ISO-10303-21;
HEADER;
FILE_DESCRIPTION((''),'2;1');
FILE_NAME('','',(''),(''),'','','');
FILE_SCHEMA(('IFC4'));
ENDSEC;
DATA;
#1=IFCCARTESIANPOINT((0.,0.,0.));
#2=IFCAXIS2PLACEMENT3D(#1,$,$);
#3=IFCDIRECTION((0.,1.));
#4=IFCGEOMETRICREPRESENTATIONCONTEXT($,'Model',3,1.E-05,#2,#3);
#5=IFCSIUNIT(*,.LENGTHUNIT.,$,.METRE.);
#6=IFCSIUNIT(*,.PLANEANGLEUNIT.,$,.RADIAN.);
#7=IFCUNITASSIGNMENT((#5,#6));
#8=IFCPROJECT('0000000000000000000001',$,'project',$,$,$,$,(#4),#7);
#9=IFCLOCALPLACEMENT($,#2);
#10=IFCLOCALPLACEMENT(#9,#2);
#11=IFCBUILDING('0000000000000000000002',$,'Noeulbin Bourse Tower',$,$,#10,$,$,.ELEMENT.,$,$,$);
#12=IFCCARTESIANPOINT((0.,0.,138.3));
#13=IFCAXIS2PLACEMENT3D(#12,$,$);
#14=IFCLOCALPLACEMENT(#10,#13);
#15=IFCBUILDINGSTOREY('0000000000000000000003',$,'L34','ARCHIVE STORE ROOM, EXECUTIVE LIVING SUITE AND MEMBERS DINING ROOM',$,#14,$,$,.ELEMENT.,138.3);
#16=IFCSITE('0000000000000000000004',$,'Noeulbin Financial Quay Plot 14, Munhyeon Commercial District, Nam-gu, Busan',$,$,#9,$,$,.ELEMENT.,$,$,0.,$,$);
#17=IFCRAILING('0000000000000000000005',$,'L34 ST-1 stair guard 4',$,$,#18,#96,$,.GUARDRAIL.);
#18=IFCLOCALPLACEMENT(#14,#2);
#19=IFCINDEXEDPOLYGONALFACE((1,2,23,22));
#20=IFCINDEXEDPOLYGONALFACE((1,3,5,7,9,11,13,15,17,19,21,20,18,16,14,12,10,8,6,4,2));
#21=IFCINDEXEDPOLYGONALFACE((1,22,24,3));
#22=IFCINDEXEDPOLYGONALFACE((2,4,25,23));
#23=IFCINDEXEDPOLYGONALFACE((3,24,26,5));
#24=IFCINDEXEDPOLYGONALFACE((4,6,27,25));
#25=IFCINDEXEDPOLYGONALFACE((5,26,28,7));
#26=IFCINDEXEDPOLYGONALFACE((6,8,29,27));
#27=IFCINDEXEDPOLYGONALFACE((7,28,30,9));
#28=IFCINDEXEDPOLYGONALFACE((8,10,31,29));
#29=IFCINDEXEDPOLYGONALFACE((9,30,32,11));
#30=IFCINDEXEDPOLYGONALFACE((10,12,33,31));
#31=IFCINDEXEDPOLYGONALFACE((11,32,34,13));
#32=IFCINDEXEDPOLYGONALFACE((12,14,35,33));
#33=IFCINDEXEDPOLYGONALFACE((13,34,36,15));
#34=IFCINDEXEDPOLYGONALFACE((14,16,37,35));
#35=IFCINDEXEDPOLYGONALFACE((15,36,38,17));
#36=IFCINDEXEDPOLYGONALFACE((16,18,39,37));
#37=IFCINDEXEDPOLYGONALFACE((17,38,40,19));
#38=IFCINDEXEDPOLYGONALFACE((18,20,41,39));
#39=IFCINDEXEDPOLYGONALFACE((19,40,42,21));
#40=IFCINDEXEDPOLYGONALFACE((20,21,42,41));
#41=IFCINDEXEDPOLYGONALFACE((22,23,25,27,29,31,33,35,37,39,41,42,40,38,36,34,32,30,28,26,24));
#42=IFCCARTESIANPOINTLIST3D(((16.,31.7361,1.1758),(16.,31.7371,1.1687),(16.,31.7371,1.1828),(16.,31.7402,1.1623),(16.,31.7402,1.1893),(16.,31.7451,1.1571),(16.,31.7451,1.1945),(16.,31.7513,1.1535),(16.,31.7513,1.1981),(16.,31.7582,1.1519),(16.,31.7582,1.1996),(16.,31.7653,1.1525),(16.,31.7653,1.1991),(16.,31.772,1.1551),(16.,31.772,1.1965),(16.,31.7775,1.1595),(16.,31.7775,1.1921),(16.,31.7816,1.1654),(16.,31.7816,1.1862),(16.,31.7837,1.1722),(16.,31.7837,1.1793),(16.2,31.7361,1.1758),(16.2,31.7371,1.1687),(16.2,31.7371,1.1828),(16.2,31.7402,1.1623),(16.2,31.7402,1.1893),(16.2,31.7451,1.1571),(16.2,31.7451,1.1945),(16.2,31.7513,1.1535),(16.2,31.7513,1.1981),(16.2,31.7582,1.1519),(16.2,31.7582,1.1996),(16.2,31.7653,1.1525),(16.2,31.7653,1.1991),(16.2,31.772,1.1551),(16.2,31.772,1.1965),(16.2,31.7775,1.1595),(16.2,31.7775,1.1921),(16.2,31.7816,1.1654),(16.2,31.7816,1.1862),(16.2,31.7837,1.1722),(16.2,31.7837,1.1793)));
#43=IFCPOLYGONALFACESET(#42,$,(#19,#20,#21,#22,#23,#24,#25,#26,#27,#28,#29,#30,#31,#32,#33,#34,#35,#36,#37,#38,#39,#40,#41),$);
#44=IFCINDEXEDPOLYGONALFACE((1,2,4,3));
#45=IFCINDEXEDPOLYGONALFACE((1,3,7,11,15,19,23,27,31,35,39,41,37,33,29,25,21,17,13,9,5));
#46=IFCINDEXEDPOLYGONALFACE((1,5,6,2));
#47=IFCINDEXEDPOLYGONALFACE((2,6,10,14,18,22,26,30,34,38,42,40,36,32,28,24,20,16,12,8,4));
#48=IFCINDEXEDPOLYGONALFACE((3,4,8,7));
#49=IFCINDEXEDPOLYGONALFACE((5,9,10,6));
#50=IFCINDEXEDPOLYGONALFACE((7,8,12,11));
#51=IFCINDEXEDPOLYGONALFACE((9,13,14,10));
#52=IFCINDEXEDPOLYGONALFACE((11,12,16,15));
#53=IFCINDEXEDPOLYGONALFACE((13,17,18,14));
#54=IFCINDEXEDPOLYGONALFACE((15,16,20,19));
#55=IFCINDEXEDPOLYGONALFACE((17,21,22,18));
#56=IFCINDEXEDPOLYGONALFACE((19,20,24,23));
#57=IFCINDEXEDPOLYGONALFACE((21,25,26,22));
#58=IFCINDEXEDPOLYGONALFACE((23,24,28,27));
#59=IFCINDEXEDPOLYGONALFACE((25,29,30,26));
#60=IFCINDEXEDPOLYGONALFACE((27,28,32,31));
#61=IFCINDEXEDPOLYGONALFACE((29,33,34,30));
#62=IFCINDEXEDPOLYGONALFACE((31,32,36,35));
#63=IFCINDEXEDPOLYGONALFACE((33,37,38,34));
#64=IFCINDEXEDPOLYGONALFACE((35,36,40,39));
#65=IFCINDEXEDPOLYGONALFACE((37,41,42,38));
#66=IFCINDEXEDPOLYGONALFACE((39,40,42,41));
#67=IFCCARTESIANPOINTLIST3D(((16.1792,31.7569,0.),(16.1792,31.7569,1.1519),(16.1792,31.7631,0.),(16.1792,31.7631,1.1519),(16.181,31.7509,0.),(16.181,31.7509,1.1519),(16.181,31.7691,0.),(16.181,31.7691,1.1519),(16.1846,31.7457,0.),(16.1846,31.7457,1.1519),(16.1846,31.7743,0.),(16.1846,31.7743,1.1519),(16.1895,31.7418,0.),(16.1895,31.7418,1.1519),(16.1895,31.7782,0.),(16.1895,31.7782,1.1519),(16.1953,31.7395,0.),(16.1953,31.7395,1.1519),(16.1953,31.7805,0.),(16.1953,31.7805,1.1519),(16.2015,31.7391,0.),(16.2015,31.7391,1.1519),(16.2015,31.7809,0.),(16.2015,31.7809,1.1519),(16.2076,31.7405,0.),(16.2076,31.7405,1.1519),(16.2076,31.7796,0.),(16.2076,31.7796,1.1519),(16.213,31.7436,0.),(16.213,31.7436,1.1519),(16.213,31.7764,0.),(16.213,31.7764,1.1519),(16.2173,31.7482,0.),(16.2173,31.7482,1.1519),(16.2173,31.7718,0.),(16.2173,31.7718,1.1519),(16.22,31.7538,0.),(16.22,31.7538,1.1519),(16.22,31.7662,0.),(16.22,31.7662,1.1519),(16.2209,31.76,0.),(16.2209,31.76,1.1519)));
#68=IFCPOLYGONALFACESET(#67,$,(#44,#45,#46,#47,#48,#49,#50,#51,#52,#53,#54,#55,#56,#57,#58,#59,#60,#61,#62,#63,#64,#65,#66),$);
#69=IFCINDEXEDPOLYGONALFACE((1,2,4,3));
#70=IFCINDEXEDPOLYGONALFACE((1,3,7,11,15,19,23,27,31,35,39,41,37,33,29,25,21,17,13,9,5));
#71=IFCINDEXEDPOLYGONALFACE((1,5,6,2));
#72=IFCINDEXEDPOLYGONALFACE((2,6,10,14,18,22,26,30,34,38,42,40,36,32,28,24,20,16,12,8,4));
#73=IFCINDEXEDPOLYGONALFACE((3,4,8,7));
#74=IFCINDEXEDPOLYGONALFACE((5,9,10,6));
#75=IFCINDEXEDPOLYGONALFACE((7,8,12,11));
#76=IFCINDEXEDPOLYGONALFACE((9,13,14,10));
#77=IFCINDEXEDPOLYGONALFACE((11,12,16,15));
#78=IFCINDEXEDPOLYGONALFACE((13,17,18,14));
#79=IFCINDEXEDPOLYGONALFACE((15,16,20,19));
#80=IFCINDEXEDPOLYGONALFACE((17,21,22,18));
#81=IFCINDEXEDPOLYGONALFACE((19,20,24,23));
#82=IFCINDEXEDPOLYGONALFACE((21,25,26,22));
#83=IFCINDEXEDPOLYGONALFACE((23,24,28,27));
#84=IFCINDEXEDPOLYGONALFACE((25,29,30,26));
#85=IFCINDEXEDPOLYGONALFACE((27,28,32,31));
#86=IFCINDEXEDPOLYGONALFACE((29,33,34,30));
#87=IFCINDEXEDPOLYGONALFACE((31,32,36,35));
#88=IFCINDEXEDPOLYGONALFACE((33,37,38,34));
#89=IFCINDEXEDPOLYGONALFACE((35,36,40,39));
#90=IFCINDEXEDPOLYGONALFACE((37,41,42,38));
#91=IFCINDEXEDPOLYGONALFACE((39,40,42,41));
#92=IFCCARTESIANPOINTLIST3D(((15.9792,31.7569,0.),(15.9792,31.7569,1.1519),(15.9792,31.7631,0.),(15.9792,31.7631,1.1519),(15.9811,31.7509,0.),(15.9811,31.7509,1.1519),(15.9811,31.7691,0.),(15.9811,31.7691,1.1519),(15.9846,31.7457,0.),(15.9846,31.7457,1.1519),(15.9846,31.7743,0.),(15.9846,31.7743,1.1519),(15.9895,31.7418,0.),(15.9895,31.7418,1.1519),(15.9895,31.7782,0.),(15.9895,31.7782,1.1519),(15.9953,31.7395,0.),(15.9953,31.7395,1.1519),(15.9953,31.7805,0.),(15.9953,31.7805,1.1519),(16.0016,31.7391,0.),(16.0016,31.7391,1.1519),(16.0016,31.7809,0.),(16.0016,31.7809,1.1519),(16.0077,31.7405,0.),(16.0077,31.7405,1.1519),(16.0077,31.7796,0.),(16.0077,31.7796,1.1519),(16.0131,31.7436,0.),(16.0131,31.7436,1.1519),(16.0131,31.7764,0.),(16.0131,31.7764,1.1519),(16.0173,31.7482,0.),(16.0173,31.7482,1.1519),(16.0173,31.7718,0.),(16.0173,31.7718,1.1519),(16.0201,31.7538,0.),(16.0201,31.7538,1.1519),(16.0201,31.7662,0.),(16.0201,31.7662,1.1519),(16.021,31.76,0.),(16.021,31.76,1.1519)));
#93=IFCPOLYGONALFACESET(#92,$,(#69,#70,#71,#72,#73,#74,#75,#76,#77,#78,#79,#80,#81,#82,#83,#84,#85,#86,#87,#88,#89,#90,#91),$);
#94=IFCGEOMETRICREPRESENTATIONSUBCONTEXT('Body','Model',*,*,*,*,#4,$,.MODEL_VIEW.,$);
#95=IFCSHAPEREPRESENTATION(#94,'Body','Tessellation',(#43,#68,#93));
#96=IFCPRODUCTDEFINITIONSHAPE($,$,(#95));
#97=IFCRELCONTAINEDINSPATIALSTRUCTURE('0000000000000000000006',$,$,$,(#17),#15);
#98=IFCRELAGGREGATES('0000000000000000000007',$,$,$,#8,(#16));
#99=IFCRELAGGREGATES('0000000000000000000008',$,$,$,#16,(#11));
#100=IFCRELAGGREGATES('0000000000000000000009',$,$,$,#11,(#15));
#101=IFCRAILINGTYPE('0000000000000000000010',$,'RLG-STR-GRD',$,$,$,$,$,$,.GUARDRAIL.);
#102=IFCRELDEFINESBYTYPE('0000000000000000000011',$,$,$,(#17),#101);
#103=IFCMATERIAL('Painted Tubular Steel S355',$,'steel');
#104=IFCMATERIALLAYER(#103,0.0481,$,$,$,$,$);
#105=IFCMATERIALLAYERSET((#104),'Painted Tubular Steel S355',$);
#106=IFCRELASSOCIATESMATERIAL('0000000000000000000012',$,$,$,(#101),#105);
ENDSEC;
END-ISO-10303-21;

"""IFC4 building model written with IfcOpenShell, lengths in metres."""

from ifc_helpers import new_model, si_unit, direction, frame, origin, origin_2d, place, context, subcontext, project, spatial, circle, extrude, material, layer, layer_set, type_object, element, save


model = new_model("IFC4")

# Units and contexts
model_context = context("Model", 3, precision=1e-05, world=origin(), true_north=direction((0.0, 1.0)))
body_context = subcontext(model_context, "Body", "Model", "MODEL_VIEW")
ifc_project = project(units=[si_unit("LENGTHUNIT", "METRE"), si_unit("PLANEANGLEUNIT", "RADIAN")], contexts=[model_context])

# Site, building, storey
site_placement = place(None, origin())
site = spatial("IfcSite", under=ifc_project, at=site_placement, Name="Noeulbin Financial Quay Plot 14, Munhyeon Commercial District, Nam-gu, Busan", CompositionType="ELEMENT", RefElevation=0.0)
building_placement = place(site_placement, origin())
building = spatial("IfcBuilding", under=site, at=building_placement, Name="Noeulbin Bourse Tower", CompositionType="ELEMENT")
storey_placement = place(building_placement, frame((0.0, 0.0, 138.3)))
storey = spatial("IfcBuildingStorey", under=building, at=storey_placement, Name="L34", Description="ARCHIVE STORE ROOM, EXECUTIVE LIVING SUITE AND MEMBERS DINING ROOM", CompositionType="ELEMENT", Elevation=138.3)

# Railing
ifc_material_1 = material(Name="Painted Tubular Steel S355", Category="steel")
ifc_layer_1 = layer(ifc_material_1, 0.0481)
ifc_layer_set_1 = layer_set([ifc_layer_1], Name="Painted Tubular Steel S355")
railing_type_1 = type_object("IfcRailingType", Name="RLG-STR-GRD", PredefinedType="GUARDRAIL", material=ifc_layer_set_1)
railing_1_placement = place(storey_placement, frame((16.2, 31.76, 0.0)))
element("IfcRailing", 1, at=railing_1_placement, inside=storey, type_object=railing_type_1, Name="L34 ST-1 stair guard 4", PredefinedType="GUARDRAIL", context=body_context, shape_type="SweptSolid", body=[
    extrude(circle(Radius=0.0239, at=origin_2d()), frame((0.0, 0.0, 1.1758), z_axis=(-1.0, 0.0, 0.0), x_axis=(0.0, -1.0, 0.0)), (0.0, 0.0, 1.0), 0.2),
    extrude(circle(Radius=0.021, at=origin_2d()), origin(), (0.0, 0.0, 1.0), 1.1519),
    extrude(circle(Radius=0.021, at=origin_2d()), frame((-0.2, 0.0, 0.0)), (0.0, 0.0, 1.0), 1.1519),
])

save(model, "model.ifc")
